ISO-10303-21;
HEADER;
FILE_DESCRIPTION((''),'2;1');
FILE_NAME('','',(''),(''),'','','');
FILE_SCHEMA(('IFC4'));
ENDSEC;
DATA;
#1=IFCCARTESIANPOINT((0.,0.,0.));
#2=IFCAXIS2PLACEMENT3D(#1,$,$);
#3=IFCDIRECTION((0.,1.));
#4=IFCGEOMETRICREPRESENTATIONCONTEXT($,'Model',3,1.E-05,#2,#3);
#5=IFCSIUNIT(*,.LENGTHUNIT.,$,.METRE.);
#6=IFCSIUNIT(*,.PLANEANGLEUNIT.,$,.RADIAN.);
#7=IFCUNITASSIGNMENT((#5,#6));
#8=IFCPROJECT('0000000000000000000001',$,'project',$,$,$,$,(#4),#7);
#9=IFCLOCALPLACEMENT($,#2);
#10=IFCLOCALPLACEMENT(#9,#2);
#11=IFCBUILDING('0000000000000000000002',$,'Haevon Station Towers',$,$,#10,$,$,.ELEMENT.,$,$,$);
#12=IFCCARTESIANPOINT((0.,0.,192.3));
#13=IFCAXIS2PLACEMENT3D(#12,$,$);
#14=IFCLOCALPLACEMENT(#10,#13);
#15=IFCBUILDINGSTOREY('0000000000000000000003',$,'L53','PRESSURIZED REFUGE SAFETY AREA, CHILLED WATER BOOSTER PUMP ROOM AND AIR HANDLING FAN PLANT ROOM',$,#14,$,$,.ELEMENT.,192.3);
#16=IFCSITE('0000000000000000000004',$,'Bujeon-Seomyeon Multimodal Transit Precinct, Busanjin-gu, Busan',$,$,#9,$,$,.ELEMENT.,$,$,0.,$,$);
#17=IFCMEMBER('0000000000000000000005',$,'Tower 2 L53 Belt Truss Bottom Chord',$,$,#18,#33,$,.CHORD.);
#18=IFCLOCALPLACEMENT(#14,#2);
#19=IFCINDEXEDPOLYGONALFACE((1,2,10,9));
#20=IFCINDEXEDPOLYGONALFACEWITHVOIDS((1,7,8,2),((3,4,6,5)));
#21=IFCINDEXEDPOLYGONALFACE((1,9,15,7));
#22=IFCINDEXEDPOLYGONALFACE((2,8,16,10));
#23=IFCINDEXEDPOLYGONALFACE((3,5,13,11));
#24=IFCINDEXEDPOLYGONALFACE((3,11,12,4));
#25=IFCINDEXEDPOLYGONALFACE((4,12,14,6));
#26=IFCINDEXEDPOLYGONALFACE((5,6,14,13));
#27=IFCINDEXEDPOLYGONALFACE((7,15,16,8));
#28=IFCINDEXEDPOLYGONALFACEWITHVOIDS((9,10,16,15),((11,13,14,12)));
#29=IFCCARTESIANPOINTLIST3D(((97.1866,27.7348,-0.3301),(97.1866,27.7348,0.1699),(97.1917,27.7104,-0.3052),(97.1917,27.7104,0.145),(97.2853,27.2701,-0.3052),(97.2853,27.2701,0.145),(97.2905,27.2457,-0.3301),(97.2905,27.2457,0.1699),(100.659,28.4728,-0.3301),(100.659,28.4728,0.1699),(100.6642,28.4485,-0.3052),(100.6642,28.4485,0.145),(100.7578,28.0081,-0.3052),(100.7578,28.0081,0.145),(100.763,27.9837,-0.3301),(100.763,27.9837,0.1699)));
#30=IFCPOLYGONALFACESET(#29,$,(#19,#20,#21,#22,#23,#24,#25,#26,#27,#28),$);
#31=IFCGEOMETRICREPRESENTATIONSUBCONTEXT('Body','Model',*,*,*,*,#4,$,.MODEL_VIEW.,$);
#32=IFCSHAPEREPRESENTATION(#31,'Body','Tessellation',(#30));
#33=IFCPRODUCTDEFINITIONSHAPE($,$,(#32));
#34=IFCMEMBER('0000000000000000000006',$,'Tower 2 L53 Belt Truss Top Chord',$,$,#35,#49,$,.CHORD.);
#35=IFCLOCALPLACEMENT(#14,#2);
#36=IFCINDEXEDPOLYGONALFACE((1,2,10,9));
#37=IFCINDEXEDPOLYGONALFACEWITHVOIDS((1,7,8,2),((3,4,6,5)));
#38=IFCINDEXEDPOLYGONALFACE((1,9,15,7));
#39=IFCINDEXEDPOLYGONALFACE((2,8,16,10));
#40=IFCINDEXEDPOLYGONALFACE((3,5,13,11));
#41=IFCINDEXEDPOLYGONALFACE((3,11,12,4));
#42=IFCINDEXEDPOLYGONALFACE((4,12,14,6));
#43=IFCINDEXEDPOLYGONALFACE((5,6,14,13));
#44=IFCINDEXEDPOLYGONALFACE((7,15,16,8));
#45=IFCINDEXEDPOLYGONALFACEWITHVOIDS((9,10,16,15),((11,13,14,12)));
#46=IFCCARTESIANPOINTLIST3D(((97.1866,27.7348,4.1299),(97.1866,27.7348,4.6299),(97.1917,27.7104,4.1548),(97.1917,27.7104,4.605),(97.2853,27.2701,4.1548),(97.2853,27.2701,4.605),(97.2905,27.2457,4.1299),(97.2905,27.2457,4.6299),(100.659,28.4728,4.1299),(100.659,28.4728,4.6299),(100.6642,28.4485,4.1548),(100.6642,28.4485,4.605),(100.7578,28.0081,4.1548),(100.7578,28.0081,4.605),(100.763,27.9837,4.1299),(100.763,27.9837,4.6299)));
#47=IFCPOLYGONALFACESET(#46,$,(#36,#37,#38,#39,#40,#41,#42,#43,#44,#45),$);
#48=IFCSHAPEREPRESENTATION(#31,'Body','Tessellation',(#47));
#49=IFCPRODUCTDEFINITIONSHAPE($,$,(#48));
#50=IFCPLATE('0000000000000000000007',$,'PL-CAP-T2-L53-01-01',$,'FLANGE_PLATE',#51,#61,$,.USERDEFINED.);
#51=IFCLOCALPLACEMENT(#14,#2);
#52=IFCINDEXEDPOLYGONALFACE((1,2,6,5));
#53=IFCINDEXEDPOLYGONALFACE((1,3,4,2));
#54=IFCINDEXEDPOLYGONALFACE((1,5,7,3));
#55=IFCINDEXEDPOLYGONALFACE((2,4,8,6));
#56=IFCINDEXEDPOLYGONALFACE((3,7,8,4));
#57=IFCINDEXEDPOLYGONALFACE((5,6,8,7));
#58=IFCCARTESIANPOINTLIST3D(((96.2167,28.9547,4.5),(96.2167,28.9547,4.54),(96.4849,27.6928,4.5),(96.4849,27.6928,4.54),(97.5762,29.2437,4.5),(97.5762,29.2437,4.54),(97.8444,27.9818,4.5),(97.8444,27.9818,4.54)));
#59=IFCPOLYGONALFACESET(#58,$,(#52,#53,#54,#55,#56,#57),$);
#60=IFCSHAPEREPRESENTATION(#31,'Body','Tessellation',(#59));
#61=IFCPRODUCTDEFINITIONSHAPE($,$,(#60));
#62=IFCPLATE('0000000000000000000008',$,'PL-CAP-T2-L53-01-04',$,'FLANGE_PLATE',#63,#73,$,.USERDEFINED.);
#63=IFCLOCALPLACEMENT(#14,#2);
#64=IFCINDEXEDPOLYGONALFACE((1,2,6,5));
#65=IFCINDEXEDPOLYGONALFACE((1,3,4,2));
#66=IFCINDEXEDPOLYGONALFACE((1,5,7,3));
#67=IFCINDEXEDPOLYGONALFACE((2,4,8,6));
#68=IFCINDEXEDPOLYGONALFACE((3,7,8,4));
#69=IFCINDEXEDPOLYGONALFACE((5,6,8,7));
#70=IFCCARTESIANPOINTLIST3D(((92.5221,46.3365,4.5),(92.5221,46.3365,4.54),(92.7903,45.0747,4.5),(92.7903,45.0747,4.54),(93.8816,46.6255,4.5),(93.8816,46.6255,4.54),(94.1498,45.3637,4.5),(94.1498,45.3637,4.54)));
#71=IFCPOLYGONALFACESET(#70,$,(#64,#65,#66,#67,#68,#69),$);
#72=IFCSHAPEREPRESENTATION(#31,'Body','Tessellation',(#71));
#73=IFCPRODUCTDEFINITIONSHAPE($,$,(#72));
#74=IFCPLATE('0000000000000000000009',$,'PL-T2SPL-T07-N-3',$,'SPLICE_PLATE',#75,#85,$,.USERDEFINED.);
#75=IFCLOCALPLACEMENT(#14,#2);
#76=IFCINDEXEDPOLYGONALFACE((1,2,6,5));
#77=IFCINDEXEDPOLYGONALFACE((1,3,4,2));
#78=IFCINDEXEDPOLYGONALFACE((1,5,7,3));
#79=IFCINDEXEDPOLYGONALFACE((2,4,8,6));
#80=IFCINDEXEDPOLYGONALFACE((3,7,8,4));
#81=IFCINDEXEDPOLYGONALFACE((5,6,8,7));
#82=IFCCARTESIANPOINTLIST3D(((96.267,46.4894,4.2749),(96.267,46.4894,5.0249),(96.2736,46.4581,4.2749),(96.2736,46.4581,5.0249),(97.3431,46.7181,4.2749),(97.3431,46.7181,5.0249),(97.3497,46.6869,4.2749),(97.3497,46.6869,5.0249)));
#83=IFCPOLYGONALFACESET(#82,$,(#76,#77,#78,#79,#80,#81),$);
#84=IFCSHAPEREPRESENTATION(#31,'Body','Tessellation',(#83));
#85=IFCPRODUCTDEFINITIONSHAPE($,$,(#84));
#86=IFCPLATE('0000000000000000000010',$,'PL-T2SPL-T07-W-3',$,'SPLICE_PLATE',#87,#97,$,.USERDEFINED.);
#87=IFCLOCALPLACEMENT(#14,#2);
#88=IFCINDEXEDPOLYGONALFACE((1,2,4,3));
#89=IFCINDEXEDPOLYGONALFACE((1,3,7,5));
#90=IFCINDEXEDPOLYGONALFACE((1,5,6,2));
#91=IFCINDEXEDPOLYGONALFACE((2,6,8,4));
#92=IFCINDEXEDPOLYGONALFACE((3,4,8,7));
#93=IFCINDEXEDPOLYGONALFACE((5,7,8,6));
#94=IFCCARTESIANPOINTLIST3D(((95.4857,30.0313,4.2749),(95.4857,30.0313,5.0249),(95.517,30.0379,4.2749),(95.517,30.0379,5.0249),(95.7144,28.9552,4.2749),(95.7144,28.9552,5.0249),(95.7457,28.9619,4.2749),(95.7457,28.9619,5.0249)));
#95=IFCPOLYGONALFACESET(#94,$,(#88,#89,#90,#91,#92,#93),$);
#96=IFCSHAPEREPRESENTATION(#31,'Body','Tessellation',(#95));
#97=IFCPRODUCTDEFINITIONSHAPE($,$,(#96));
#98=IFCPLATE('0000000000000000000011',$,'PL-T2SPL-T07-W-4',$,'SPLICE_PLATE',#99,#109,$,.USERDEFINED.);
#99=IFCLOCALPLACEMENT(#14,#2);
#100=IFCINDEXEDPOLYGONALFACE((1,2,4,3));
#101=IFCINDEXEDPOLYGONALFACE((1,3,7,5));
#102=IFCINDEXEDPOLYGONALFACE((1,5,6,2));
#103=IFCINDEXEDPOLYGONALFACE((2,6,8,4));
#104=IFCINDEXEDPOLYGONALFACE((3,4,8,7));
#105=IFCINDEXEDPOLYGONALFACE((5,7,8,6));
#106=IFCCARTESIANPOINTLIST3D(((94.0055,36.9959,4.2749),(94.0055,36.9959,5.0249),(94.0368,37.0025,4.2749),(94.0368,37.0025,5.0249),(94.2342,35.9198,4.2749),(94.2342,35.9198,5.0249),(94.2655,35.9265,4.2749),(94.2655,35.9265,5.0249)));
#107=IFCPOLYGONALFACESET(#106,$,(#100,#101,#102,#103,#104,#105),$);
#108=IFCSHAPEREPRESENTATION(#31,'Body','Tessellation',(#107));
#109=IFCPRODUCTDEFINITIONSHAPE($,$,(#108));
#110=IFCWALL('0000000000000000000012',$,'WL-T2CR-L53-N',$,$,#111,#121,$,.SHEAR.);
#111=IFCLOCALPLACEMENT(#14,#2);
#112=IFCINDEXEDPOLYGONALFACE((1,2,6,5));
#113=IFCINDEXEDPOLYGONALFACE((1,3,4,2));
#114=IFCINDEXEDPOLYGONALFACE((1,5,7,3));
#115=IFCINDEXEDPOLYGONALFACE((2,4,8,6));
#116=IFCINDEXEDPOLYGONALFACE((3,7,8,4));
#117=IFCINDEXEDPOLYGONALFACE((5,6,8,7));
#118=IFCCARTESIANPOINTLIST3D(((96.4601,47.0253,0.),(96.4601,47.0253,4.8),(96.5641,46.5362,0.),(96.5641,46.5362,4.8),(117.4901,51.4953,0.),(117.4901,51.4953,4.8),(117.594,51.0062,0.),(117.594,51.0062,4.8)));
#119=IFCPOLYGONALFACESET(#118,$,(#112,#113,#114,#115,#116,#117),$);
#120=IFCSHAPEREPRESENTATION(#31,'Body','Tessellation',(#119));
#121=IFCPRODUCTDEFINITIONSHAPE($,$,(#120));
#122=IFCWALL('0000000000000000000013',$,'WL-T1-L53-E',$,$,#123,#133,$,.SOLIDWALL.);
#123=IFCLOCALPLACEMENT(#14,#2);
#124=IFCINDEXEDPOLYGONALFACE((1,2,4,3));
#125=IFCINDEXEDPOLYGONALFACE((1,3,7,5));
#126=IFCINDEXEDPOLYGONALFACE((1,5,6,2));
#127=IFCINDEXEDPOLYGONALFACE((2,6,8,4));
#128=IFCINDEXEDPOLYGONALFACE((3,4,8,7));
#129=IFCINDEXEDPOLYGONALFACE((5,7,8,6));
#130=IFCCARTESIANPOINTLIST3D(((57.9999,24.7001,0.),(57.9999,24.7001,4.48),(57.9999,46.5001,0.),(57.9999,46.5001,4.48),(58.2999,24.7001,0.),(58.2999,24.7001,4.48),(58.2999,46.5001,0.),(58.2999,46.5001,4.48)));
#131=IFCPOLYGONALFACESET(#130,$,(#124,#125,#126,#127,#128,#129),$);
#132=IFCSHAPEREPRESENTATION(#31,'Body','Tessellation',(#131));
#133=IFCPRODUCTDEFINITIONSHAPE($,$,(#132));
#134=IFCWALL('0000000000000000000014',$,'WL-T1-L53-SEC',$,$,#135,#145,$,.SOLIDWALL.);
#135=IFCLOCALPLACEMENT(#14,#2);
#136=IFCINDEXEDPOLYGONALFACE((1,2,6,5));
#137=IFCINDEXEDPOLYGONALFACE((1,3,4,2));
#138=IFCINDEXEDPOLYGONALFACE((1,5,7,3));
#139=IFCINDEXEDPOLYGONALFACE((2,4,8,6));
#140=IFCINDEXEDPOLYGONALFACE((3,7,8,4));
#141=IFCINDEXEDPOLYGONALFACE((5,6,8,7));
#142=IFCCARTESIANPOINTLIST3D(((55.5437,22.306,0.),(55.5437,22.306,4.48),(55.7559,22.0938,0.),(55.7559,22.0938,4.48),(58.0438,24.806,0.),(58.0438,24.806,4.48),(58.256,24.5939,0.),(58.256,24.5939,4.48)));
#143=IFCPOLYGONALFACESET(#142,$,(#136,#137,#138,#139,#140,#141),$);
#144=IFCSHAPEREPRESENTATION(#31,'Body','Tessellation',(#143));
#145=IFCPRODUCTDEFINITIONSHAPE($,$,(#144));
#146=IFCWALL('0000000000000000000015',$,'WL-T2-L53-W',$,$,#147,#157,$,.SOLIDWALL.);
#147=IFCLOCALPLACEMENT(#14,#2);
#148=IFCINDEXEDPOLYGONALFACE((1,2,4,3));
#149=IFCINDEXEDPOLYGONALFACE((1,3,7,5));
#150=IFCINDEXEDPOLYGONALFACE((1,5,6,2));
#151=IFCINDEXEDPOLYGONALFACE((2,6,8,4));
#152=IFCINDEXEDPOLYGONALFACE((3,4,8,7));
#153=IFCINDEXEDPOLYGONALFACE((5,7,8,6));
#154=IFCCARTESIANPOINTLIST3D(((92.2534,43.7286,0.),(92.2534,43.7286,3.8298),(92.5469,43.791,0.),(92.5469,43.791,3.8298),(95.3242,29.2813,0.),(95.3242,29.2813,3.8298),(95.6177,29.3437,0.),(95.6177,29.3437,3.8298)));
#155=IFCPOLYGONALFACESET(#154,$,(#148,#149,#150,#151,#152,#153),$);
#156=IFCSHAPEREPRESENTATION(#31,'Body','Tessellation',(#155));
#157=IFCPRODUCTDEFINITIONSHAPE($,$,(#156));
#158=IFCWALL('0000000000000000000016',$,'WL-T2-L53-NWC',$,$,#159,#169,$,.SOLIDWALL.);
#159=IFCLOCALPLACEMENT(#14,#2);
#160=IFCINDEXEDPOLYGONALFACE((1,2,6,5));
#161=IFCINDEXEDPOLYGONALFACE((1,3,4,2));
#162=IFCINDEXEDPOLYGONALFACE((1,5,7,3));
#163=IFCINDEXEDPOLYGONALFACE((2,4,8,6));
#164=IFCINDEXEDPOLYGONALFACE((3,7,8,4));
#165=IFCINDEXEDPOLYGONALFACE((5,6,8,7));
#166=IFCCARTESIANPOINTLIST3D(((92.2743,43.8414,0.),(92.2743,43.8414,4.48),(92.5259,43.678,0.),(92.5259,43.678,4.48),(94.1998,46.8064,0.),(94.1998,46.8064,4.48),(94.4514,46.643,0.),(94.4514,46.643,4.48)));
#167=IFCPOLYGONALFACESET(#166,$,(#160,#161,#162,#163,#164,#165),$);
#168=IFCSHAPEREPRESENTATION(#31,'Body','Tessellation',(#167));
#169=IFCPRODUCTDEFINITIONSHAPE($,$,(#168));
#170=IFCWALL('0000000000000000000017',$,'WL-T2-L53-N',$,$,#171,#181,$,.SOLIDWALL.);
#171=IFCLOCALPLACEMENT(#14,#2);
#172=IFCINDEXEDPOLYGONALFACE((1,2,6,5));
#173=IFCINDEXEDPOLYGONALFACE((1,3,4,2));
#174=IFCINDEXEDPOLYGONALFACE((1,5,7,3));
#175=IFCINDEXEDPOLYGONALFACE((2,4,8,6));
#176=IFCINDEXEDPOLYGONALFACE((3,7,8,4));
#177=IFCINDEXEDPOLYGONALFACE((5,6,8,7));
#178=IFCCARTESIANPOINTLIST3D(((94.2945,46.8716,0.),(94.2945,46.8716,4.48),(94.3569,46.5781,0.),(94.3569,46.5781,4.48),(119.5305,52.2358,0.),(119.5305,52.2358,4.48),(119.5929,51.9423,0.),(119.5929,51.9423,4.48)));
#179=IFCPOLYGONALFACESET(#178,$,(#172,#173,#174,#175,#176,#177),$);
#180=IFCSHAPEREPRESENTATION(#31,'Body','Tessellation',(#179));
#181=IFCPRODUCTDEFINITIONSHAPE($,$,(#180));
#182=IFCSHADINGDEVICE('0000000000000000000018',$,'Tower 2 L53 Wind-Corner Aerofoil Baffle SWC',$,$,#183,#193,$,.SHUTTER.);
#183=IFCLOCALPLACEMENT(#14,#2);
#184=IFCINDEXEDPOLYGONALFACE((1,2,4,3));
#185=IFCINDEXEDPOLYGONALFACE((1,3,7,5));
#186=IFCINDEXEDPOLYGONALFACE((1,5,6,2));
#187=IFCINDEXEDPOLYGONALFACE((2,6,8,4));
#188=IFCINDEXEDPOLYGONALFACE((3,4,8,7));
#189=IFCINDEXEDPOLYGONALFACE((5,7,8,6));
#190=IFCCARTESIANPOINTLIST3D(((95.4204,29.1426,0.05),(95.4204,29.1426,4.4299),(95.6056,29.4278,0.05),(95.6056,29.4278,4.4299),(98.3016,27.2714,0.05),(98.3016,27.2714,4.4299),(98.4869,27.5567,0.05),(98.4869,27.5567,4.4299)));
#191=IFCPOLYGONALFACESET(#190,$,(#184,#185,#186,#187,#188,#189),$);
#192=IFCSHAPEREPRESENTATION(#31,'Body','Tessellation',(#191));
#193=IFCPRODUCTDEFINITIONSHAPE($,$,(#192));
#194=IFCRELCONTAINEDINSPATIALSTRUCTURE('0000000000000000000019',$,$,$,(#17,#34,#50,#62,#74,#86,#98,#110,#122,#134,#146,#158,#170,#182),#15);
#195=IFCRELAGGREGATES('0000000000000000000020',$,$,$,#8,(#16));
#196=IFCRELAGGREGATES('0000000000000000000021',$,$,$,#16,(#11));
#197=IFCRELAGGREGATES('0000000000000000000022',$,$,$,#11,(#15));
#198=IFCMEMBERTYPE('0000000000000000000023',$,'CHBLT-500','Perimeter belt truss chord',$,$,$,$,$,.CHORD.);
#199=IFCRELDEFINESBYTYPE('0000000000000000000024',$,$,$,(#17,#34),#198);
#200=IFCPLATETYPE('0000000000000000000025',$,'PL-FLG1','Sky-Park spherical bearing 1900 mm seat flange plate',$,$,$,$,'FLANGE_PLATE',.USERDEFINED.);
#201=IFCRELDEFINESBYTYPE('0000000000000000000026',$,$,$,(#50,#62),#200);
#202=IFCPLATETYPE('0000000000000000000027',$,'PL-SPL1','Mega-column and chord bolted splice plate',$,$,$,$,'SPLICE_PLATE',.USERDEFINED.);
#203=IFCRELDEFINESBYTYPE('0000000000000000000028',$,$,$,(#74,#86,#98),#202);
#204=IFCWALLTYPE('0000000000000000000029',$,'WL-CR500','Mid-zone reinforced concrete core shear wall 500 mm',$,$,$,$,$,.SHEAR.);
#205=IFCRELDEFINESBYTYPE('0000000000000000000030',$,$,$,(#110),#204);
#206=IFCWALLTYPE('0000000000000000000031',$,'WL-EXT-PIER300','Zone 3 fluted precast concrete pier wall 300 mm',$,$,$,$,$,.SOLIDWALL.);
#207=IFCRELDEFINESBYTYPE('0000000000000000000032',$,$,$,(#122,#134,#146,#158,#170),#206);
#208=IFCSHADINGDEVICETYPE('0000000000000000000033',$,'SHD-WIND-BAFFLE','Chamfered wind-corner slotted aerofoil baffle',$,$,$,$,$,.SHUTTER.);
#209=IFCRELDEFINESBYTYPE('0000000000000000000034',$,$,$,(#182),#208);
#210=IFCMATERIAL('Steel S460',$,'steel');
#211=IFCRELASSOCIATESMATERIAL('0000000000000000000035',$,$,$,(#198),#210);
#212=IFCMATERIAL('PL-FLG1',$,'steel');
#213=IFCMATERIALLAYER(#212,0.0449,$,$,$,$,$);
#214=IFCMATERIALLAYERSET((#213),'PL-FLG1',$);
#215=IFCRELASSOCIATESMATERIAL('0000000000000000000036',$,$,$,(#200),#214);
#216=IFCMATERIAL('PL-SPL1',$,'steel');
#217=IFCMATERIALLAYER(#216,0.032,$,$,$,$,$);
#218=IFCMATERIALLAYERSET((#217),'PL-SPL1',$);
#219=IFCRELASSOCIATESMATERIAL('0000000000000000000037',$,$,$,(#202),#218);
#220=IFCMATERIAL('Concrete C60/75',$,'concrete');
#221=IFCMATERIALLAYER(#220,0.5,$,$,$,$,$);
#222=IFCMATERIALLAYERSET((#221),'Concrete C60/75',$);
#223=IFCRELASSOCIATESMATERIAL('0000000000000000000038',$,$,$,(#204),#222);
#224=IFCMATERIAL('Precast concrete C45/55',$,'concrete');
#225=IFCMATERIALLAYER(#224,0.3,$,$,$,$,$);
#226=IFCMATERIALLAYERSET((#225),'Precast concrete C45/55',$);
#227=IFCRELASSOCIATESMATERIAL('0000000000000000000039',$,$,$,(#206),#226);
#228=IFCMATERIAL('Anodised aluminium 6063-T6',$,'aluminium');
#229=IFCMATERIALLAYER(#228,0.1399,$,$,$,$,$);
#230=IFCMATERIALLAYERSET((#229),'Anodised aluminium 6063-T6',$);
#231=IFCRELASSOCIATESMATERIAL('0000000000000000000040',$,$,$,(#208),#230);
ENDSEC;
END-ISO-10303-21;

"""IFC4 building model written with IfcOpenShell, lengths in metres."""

from ifc_helpers import new_model, si_unit, direction, frame, frame_2d, origin, origin_2d, place, context, subcontext, project, spatial, rectangle, hollow_rectangle, extrude, material, layer, layer_set, material_profile, profile_set, type_object, element, save


model = new_model("IFC4")

# Units and contexts
model_context = context("Model", 3, precision=1e-05, world=origin(), true_north=direction((0.0, 1.0)))
body_context = subcontext(model_context, "Body", "Model", "MODEL_VIEW")
ifc_project = project(units=[si_unit("LENGTHUNIT", "METRE"), si_unit("PLANEANGLEUNIT", "RADIAN")], contexts=[model_context])

# Site, building, storey
site_placement = place(None, origin())
site = spatial("IfcSite", under=ifc_project, at=site_placement, Name="Bujeon-Seomyeon Multimodal Transit Precinct, Busanjin-gu, Busan", CompositionType="ELEMENT", RefElevation=0.0)
building_placement = place(site_placement, origin())
building = spatial("IfcBuilding", under=site, at=building_placement, Name="Haevon Station Towers", CompositionType="ELEMENT")
storey_placement = place(building_placement, frame((0.0, 0.0, 192.3)))
storey = spatial("IfcBuildingStorey", under=building, at=storey_placement, Name="L53", Description="PRESSURIZED REFUGE SAFETY AREA, CHILLED WATER BOOSTER PUMP ROOM AND AIR HANDLING FAN PLANT ROOM", CompositionType="ELEMENT", Elevation=192.3)

# Shared definitions
ifc_material_1 = material(Name="Steel S460", Category="steel")

# Members
ifc_material_profile_1 = material_profile(ifc_material_1, hollow_rectangle(XDim=0.5, YDim=0.5, WallThickness=0.0249, at=origin_2d()), Name="RHS-500x500x25")
ifc_profile_set_1 = profile_set([ifc_material_profile_1], Name="Steel S460")
member_type_1 = type_object("IfcMemberType", Name="CHBLT-500", Description="Perimeter belt truss chord", PredefinedType="CHORD", material=ifc_profile_set_1)
for number, where, z_axis, x_axis, name in (
    (1, (97.2385, 27.4902, -0.0801), (0.97815, 0.207899, 0.0), (-0.207899, 0.97815, 0.0), "Tower 2 L53 Belt Truss Bottom Chord"),
    (2, (97.2385, 27.4902, 4.3799), (0.97815, 0.207899, 0.0), (-0.207899, 0.97815, 0.0), "Tower 2 L53 Belt Truss Top Chord"),
):
    element("IfcMember", number, at=place(storey_placement, frame(where, z_axis=z_axis, x_axis=x_axis)), inside=storey, type_object=member_type_1, Name=name, PredefinedType="CHORD", context=body_context, shape_type="SweptSolid", body=[
        extrude(hollow_rectangle(XDim=0.5, YDim=0.5, WallThickness=0.0249, at=origin_2d()), origin(), (0.0, 0.0, 1.0), 3.55),
    ])

# Plates
ifc_material_2 = material(Name="PL-FLG1", Category="steel")
ifc_layer_1 = layer(ifc_material_2, 0.0449)
ifc_layer_set_1 = layer_set([ifc_layer_1], Name="PL-FLG1")
plate_type_1 = type_object("IfcPlateType", Name="PL-FLG1", Description="Sky-Park spherical bearing 1900 mm seat flange plate", ElementType="FLANGE_PLATE", PredefinedType="USERDEFINED", material=ifc_layer_set_1)
for number, where, z_axis, x_axis, name in (
    (3, (97.0305, 28.4683, 4.5), (0.0, 0.0, 1.0), (0.978148, 0.207912, 0.0), "PL-CAP-T2-L53-01-01"),
    (4, (93.3359, 45.8501, 4.5), (0.0, 0.0, 1.0), (0.978148, 0.207912, 0.0), "PL-CAP-T2-L53-01-04"),
):
    element("IfcPlate", number, at=place(storey_placement, frame(where, z_axis=z_axis, x_axis=x_axis)), inside=storey, type_object=plate_type_1, Name=name, ObjectType="FLANGE_PLATE", PredefinedType="USERDEFINED", context=body_context, shape_type="SweptSolid", body=[
        extrude(rectangle(XDim=1.3899, YDim=1.29, at=origin_2d()), origin(), (0.0, 0.0, 1.0), 0.04),
    ])
ifc_material_3 = material(Name="PL-SPL1", Category="steel")
ifc_layer_2 = layer(ifc_material_3, 0.032)
ifc_layer_set_2 = layer_set([ifc_layer_2], Name="PL-SPL1")
plate_type_2 = type_object("IfcPlateType", Name="PL-SPL1", Description="Mega-column and chord bolted splice plate", ElementType="SPLICE_PLATE", PredefinedType="USERDEFINED", material=ifc_layer_set_2)
for number, where, z_axis, x_axis, name in (
    (5, (96.8083, 46.5881, 4.2749), (0.0, 0.0, 1.0), (0.978148, 0.207912, 0.0), "PL-T2SPL-T07-N-3"),
    (6, (95.6157, 29.4966, 4.2749), (0.0, 0.0, 1.0), (-0.207912, 0.978148, 0.0), "PL-T2SPL-T07-W-3"),
    (7, (94.1355, 36.4612, 4.2749), (0.0, 0.0, 1.0), (-0.207912, 0.978148, 0.0), "PL-T2SPL-T07-W-4"),
):
    element("IfcPlate", number, at=place(storey_placement, frame(where, z_axis=z_axis, x_axis=x_axis)), inside=storey, type_object=plate_type_2, Name=name, ObjectType="SPLICE_PLATE", PredefinedType="USERDEFINED", context=body_context, shape_type="SweptSolid", body=[
        extrude(rectangle(XDim=1.1001, YDim=0.032, at=origin_2d()), origin(), (0.0, 0.0, 1.0), 0.75),
    ])

# Walls
ifc_material_4 = material(Name="Concrete C60/75", Category="concrete")
ifc_layer_3 = layer(ifc_material_4, 0.5)
ifc_layer_set_3 = layer_set([ifc_layer_3], Name="Concrete C60/75")
wall_type_1 = type_object("IfcWallType", Name="WL-CR500", Description="Mid-zone reinforced concrete core shear wall 500 mm", PredefinedType="SHEAR", material=ifc_layer_set_3)
wall_1_placement = place(storey_placement, frame((96.512, 46.7808, 0.0), z_axis=(0.0, 0.0, 1.0), x_axis=(0.978149, 0.207907, 0.0)))
element("IfcWall", 8, at=wall_1_placement, inside=storey, type_object=wall_type_1, Name="WL-T2CR-L53-N", PredefinedType="SHEAR", context=body_context, shape_type="SweptSolid", body=[
    extrude(rectangle(XDim=21.4998, YDim=0.5, at=frame_2d((10.75, 0.0))), origin(), (0.0, 0.0, 1.0), 4.8),
])
ifc_material_5 = material(Name="Precast concrete C45/55", Category="concrete")
ifc_layer_4 = layer(ifc_material_5, 0.3)
ifc_layer_set_4 = layer_set([ifc_layer_4], Name="Precast concrete C45/55")
wall_type_2 = type_object("IfcWallType", Name="WL-EXT-PIER300", Description="Zone 3 fluted precast concrete pier wall 300 mm", PredefinedType="SOLIDWALL", material=ifc_layer_set_4)
wall_2_placement = place(storey_placement, frame((58.1499, 46.5, 0.0), z_axis=(0.0, 0.0, 1.0), x_axis=(0.0, -1.0, 0.0)))
element("IfcWall", 9, at=wall_2_placement, inside=storey, type_object=wall_type_2, Name="WL-T1-L53-E", PredefinedType="SOLIDWALL", context=body_context, shape_type="SweptSolid", body=[
    extrude(rectangle(XDim=21.8, YDim=0.3, at=frame_2d((10.8999, 0.0))), origin(), (0.0, 0.0, 1.0), 4.48),
])
wall_3_placement = place(storey_placement, frame((58.1499, 24.7, 0.0), z_axis=(0.0, 0.0, 1.0), x_axis=(-0.707107, -0.707107, 0.0)))
element("IfcWall", 10, at=wall_3_placement, inside=storey, type_object=wall_type_2, Name="WL-T1-L53-SEC", PredefinedType="SOLIDWALL", context=body_context, shape_type="SweptSolid", body=[
    extrude(rectangle(XDim=3.5356, YDim=0.3, at=frame_2d((1.7678, 0.0))), origin(), (0.0, 0.0, 1.0), 4.48),
])
wall_4_placement = place(storey_placement, frame((95.4709, 29.3125, 0.0), z_axis=(0.0, 0.0, 1.0), x_axis=(-0.207908, 0.978148, 0.0)))
element("IfcWall", 11, at=wall_4_placement, inside=storey, type_object=wall_type_2, Name="WL-T2-L53-W", PredefinedType="SOLIDWALL", context=body_context, shape_type="SweptSolid", body=[
    extrude(rectangle(XDim=14.77, YDim=0.3, at=frame_2d((7.385, 0.0))), origin(), (0.0, 0.0, 1.0), 3.8298),
])
wall_5_placement = place(storey_placement, frame((92.4001, 43.7598, 0.0), z_axis=(0.0, 0.0, 1.0), x_axis=(0.544636, 0.838672, 0.0)))
element("IfcWall", 12, at=wall_5_placement, inside=storey, type_object=wall_type_2, Name="WL-T2-L53-NWC", PredefinedType="SOLIDWALL", context=body_context, shape_type="SweptSolid", body=[
    extrude(rectangle(XDim=3.5354, YDim=0.3, at=frame_2d((1.7676, 0.0))), origin(), (0.0, 0.0, 1.0), 4.48),
])
wall_6_placement = place(storey_placement, frame((94.3257, 46.7249, 0.0), z_axis=(0.0, 0.0, 1.0), x_axis=(0.978146, 0.207918, 0.0)))
element("IfcWall", 13, at=wall_6_placement, inside=storey, type_object=wall_type_2, Name="WL-T2-L53-N", PredefinedType="SOLIDWALL", context=body_context, shape_type="SweptSolid", body=[
    extrude(rectangle(XDim=25.7998, YDim=0.3, at=frame_2d((12.8999, 0.0))), origin(), (0.0, 0.0, 1.0), 4.48),
])

# Shading device
ifc_material_6 = material(Name="Anodised aluminium 6063-T6", Category="aluminium")
ifc_layer_5 = layer(ifc_material_6, 0.1399)
ifc_layer_set_5 = layer_set([ifc_layer_5], Name="Anodised aluminium 6063-T6")
shading_device_type = type_object("IfcShadingDeviceType", Name="SHD-WIND-BAFFLE", Description="Chamfered wind-corner slotted aerofoil baffle", PredefinedType="SHUTTER", material=ifc_layer_set_5)
for number, where, z_axis, x_axis, name in (
    (14, (96.9536, 28.3496, 0.05), (0.0, 0.0, 1.0), (-0.838671, 0.544639, 0.0), "Tower 2 L53 Wind-Corner Aerofoil Baffle SWC"),
):
    element("IfcShadingDevice", number, at=place(storey_placement, frame(where, z_axis=z_axis, x_axis=x_axis)), inside=storey, type_object=shading_device_type, Name=name, PredefinedType="SHUTTER", context=body_context, shape_type="SweptSolid", body=[
        extrude(rectangle(XDim=3.4355, YDim=0.3401, at=origin_2d()), origin(), (0.0, 0.0, 1.0), 4.3799),
    ])

save(model, "model.ifc")
